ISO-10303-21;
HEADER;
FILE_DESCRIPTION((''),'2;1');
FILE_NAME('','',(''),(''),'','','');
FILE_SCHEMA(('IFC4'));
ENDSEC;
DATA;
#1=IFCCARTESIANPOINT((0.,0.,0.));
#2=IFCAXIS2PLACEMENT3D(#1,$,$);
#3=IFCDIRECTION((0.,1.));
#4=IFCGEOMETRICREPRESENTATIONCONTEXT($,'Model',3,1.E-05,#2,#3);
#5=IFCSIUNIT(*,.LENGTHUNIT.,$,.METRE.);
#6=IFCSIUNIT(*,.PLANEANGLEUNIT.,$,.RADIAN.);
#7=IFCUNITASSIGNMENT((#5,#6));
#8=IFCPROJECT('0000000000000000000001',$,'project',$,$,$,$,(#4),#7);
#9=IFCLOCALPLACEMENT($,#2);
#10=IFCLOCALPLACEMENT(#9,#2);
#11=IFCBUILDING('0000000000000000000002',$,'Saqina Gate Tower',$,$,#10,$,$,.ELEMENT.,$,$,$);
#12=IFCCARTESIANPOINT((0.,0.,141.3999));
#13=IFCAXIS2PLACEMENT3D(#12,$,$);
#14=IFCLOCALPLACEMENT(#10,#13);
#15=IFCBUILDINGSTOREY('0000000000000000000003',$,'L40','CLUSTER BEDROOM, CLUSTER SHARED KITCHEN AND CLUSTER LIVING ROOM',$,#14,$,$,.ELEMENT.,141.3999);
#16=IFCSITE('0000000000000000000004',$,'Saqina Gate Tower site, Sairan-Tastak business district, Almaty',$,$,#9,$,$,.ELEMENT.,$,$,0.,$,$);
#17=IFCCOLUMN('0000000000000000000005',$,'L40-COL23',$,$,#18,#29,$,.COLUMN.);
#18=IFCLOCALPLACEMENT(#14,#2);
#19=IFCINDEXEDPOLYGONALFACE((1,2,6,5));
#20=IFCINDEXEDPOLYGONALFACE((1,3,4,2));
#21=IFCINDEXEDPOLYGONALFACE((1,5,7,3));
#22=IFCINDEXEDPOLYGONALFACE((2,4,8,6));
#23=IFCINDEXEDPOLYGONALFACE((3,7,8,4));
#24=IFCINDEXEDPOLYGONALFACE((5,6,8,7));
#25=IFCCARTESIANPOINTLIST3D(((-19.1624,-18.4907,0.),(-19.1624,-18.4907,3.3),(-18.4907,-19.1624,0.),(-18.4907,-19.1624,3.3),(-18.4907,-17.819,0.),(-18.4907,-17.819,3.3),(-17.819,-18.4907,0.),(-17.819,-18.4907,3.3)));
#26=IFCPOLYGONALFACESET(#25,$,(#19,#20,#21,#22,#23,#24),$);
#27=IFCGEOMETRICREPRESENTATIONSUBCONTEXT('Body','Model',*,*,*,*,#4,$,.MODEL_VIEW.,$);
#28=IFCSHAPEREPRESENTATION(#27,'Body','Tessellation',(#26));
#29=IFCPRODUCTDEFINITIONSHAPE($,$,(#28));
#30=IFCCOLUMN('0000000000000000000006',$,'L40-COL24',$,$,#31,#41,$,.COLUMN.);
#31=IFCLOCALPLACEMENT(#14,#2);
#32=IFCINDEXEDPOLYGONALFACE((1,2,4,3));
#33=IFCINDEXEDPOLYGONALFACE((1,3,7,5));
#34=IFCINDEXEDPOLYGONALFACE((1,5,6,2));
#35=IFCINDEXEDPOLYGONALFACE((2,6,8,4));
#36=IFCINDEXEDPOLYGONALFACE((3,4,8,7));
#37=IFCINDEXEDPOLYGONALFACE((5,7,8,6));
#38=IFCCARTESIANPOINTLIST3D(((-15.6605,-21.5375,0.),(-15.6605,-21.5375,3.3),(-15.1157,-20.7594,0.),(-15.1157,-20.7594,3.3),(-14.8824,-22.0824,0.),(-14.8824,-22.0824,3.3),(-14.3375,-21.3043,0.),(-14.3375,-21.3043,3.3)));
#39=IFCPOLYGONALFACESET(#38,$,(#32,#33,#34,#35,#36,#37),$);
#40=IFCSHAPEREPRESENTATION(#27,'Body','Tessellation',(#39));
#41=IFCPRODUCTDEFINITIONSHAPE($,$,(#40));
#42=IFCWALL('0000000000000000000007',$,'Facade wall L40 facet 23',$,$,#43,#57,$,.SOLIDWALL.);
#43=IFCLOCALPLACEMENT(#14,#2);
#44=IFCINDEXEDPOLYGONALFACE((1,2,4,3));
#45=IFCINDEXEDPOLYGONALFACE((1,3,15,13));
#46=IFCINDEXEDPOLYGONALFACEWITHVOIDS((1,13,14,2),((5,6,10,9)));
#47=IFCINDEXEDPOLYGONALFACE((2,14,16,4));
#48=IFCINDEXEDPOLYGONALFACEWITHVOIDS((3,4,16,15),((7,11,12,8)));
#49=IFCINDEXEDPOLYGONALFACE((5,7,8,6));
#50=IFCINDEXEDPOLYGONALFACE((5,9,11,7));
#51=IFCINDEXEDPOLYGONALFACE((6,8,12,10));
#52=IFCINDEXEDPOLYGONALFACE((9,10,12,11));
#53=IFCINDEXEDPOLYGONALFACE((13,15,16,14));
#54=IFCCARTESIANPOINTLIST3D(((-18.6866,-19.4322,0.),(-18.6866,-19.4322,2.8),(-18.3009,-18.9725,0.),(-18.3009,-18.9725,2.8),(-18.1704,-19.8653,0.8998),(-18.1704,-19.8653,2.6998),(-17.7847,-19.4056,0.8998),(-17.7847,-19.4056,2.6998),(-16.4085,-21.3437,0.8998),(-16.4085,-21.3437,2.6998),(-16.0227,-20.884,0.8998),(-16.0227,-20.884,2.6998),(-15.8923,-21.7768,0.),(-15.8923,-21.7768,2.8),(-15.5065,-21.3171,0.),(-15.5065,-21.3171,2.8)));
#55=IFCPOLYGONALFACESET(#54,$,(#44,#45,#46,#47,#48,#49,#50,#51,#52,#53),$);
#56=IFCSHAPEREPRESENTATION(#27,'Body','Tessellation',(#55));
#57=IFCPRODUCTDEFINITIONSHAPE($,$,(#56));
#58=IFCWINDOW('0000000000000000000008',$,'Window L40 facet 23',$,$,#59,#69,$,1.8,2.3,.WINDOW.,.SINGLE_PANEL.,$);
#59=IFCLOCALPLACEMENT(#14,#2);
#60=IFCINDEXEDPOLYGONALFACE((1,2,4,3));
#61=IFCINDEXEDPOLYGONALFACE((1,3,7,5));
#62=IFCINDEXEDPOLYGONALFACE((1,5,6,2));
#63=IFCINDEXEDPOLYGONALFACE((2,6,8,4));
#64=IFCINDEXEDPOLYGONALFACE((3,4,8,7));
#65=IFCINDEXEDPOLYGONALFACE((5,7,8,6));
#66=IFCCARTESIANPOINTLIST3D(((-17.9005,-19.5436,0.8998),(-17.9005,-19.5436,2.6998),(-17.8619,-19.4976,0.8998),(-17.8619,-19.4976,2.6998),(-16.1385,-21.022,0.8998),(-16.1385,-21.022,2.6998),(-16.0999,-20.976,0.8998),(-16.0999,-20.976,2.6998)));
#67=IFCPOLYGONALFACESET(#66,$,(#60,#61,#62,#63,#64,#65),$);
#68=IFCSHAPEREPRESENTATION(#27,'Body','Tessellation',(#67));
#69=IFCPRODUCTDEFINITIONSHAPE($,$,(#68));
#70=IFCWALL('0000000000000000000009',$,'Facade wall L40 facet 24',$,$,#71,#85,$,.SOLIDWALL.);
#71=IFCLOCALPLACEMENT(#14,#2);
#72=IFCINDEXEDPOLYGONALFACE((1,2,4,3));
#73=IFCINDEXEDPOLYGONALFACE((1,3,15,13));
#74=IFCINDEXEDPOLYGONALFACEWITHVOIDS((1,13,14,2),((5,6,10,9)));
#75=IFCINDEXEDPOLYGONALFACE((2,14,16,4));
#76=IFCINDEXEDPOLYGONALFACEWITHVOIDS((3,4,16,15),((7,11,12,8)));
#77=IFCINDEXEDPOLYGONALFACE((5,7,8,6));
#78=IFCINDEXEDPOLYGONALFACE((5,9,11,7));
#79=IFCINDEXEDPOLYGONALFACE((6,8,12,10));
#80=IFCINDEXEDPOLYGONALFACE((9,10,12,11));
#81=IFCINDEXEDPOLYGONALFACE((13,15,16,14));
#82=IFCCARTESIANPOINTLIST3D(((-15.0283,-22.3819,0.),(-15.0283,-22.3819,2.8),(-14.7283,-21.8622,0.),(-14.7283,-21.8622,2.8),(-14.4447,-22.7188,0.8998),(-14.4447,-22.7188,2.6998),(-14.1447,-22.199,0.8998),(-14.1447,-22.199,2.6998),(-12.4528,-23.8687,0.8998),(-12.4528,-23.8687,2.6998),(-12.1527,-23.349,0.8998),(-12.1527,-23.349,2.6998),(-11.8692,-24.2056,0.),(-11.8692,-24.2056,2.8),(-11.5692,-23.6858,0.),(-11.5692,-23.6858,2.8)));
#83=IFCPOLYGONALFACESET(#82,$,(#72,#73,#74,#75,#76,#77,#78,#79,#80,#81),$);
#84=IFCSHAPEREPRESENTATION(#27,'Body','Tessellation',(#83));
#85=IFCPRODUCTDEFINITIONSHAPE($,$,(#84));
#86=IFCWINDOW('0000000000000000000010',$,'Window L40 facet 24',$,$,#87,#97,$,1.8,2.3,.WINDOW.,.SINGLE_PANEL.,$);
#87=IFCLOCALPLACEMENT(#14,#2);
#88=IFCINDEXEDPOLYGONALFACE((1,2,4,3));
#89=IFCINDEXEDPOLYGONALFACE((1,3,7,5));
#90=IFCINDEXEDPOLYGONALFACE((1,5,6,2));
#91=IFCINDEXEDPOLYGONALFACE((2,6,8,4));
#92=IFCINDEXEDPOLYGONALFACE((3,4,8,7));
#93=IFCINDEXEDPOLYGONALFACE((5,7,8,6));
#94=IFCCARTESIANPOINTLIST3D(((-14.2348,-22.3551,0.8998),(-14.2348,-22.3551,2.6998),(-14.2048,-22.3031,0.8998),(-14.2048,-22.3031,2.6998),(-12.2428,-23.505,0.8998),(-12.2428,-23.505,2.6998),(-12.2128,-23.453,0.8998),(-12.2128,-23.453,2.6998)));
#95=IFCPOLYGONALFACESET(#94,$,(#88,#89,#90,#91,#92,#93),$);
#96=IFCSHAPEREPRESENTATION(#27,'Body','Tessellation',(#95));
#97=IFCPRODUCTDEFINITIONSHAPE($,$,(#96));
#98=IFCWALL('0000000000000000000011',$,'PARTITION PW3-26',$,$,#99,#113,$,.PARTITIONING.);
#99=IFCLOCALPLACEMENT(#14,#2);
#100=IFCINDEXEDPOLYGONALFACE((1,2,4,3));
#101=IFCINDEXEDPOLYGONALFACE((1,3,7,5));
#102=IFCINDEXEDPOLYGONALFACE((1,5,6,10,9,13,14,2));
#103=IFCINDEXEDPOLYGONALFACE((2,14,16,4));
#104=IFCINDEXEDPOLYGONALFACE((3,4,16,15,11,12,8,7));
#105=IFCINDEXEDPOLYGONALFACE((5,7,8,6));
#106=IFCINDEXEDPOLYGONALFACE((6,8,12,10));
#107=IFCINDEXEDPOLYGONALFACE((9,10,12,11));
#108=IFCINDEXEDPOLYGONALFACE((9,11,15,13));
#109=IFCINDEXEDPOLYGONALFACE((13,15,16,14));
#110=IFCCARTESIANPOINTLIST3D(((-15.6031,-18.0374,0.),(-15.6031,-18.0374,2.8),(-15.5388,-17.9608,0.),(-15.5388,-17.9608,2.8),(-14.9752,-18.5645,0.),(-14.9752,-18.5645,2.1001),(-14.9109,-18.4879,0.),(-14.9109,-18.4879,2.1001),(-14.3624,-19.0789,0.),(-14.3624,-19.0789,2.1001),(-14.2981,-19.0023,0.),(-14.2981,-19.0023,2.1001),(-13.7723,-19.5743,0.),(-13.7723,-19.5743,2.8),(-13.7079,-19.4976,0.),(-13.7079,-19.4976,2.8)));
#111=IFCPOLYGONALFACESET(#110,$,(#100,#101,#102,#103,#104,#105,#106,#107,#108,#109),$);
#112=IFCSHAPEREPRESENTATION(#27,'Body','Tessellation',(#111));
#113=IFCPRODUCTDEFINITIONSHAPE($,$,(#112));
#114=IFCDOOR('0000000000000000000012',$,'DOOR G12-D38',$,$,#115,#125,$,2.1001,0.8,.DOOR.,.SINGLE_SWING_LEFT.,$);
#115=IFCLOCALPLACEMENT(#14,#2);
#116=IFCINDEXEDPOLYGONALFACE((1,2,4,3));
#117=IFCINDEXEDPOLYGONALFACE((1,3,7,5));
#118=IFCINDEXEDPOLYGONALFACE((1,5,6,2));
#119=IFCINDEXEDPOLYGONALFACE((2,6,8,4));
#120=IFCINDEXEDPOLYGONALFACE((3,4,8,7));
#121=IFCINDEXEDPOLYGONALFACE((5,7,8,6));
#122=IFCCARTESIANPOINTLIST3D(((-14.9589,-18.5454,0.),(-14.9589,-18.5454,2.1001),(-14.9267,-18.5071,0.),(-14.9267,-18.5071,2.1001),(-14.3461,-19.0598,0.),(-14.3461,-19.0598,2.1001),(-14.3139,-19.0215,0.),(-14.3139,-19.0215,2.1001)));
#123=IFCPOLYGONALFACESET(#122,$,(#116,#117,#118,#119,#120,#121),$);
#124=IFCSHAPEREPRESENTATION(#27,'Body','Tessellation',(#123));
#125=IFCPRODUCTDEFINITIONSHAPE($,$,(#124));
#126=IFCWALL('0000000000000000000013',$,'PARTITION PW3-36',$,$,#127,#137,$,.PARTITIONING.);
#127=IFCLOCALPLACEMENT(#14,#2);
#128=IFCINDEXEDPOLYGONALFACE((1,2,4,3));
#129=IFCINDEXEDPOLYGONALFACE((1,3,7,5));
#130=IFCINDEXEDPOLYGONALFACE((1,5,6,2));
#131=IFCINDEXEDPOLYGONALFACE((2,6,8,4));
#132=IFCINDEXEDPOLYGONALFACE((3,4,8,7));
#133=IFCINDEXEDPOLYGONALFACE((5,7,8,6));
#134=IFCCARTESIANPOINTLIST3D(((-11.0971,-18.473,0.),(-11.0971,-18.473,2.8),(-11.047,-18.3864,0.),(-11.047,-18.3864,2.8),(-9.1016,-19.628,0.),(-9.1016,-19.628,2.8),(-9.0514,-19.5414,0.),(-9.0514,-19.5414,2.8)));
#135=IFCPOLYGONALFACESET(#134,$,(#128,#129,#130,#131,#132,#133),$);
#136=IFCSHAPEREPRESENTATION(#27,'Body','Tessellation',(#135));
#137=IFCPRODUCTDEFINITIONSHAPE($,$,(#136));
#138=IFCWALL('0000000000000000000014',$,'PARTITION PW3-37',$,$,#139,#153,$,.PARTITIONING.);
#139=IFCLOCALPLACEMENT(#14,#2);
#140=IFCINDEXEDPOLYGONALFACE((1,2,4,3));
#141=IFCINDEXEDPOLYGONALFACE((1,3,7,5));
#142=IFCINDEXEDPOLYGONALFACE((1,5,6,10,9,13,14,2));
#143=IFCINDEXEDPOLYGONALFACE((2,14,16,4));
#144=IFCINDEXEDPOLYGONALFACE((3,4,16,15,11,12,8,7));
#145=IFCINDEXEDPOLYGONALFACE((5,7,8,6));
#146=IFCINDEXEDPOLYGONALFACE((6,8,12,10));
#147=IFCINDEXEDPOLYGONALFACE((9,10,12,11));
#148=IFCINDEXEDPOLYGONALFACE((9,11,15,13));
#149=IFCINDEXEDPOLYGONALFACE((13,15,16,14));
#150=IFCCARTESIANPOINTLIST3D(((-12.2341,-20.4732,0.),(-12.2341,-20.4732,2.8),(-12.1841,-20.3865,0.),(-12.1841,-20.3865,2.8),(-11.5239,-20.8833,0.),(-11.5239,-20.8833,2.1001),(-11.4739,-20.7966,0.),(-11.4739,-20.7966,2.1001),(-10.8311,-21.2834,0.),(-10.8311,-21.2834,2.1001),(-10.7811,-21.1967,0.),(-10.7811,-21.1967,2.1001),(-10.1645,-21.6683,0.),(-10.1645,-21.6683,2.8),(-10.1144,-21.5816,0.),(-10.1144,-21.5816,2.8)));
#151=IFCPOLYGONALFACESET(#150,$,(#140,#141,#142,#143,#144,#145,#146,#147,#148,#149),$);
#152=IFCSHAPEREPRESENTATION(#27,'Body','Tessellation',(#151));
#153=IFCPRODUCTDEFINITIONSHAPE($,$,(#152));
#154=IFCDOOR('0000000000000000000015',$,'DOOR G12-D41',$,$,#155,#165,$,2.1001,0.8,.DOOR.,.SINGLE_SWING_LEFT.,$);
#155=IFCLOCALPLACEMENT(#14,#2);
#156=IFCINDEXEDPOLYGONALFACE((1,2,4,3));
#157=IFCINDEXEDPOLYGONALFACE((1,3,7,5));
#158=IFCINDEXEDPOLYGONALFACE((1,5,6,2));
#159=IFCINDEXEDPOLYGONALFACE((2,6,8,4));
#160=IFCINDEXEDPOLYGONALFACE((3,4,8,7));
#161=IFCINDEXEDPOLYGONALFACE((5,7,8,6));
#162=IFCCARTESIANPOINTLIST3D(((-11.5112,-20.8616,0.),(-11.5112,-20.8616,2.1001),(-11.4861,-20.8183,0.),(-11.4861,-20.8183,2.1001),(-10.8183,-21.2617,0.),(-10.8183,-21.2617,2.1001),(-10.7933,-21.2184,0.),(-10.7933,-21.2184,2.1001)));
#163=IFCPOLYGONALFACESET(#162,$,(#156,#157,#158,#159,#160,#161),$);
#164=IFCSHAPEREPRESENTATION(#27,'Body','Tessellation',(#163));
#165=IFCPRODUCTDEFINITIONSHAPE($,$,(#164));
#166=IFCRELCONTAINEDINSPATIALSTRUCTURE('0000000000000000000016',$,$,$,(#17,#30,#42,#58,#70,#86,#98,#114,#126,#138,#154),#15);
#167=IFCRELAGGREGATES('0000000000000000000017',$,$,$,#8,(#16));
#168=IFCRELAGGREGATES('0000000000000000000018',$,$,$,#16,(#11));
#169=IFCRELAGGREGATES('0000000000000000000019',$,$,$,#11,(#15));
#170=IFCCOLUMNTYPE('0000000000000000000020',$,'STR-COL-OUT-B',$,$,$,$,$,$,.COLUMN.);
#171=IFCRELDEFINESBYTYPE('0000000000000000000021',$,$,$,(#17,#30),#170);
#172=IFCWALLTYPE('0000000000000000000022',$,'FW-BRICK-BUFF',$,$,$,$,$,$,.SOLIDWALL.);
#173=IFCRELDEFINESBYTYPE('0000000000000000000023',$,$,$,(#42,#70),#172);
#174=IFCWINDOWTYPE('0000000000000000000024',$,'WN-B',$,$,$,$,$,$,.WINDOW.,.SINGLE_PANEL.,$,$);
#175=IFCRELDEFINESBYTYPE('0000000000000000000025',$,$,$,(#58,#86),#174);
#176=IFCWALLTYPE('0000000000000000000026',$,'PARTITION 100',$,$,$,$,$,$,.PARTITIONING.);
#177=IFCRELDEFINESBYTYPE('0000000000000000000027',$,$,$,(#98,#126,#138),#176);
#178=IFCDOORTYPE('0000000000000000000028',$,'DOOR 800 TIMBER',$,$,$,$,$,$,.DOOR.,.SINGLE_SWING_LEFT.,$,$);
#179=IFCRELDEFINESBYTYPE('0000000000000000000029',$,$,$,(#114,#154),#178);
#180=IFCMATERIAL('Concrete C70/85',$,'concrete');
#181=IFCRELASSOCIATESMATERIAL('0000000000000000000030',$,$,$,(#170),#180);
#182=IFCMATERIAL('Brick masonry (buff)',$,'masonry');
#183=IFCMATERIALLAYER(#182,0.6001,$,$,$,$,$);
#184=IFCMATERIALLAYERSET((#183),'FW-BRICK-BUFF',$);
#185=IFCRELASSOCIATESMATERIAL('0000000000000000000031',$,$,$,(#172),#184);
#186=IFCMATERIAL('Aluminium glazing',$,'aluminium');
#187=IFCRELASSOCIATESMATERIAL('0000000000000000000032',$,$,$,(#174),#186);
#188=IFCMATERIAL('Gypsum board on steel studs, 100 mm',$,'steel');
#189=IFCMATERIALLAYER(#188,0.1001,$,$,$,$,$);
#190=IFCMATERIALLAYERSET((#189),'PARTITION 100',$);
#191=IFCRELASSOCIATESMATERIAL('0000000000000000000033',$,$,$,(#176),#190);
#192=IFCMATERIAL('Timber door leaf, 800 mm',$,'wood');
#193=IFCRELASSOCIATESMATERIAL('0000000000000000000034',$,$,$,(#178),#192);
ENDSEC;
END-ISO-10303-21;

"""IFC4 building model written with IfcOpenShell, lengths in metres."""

from ifc_helpers import new_model, si_unit, direction, frame, frame_2d, origin, origin_2d, place, context, subcontext, project, spatial, rectangle, extrude, material, layer, layer_set, material_profile, profile_set, type_object, element, fill, save


model = new_model("IFC4")

# Units and contexts
model_context = context("Model", 3, precision=1e-05, world=origin(), true_north=direction((0.0, 1.0)))
body_context = subcontext(model_context, "Body", "Model", "MODEL_VIEW")
ifc_project = project(units=[si_unit("LENGTHUNIT", "METRE"), si_unit("PLANEANGLEUNIT", "RADIAN")], contexts=[model_context])

# Site, building, storey
site_placement = place(None, origin())
site = spatial("IfcSite", under=ifc_project, at=site_placement, Name="Saqina Gate Tower site, Sairan-Tastak business district, Almaty", CompositionType="ELEMENT", RefElevation=0.0)
building_placement = place(site_placement, origin())
building = spatial("IfcBuilding", under=site, at=building_placement, Name="Saqina Gate Tower", CompositionType="ELEMENT")
storey_placement = place(building_placement, frame((0.0, 0.0, 141.3999)))
storey = spatial("IfcBuildingStorey", under=building, at=storey_placement, Name="L40", Description="CLUSTER BEDROOM, CLUSTER SHARED KITCHEN AND CLUSTER LIVING ROOM", CompositionType="ELEMENT", Elevation=141.3999)

# Columns
ifc_material_1 = material(Name="Concrete C70/85", Category="concrete")
ifc_material_profile = material_profile(ifc_material_1, rectangle(XDim=0.95, YDim=0.95, at=origin_2d()), Name="RC 950x950")
ifc_profile_set = profile_set([ifc_material_profile], Name="Concrete C70/85")
column_type = type_object("IfcColumnType", Name="STR-COL-OUT-B", PredefinedType="COLUMN", material=ifc_profile_set)
for number, where, z_axis, x_axis, name in (
    (1, (-18.4907, -18.4907, 0.0), (0.0, 0.0, 1.0), (-0.707107, -0.707107, 0.0), "L40-COL23"),
    (2, (-14.999, -21.4209, 0.0), (0.0, 0.0, 1.0), (-0.573576, -0.819152, 0.0), "L40-COL24"),
):
    element("IfcColumn", number, at=place(storey_placement, frame(where, z_axis=z_axis, x_axis=x_axis)), inside=storey, type_object=column_type, Name=name, PredefinedType="COLUMN", context=body_context, shape_type="SweptSolid", body=[
        extrude(rectangle(XDim=0.95, YDim=0.95, at=origin_2d()), origin(), (0.0, 0.0, 1.0), 3.3),
    ])

# Walls, openings, windows
ifc_material_2 = material(Name="Brick masonry (buff)", Category="masonry")
ifc_layer_1 = layer(ifc_material_2, 0.6001)
ifc_layer_set_1 = layer_set([ifc_layer_1], Name="FW-BRICK-BUFF")
wall_type_1 = type_object("IfcWallType", Name="FW-BRICK-BUFF", PredefinedType="SOLIDWALL", material=ifc_layer_set_1)
wall_1_placement = place(storey_placement, frame((-18.4937, -19.2024, 0.0), z_axis=(0.0, 0.0, 1.0), x_axis=(0.766055, -0.642774, 0.0)))
wall_1 = element("IfcWall", 3, at=wall_1_placement, inside=storey, type_object=wall_type_1, Name="Facade wall L40 facet 23", PredefinedType="SOLIDWALL", context=body_context, shape_type="SweptSolid", body=[
    extrude(rectangle(XDim=3.6477, YDim=0.6001, at=frame_2d((1.8237, 0.0))), origin(), (0.0, 0.0, 1.0), 2.8),
])
opening_1_placement = place(wall_1_placement, frame((0.6738, 0.0, 0.8999)))
opening_1 = element("IfcOpeningElement", 4, at=opening_1_placement, cuts=wall_1, PredefinedType="OPENING", context=body_context, shape_type="SweptSolid", body=[
    extrude(rectangle(XDim=2.3, YDim=1.8, at=frame_2d((1.1499, 0.8999))), frame((0.0, 0.312, 0.0), z_axis=(0.0, -1.0, 0.0), x_axis=(1.0, 0.0, 0.0)), (0.0, 0.0, 1.0), 0.624),
])
ifc_material_3 = material(Name="Aluminium glazing", Category="aluminium")
window_type = type_object("IfcWindowType", Name="WN-B", PartitioningType="SINGLE_PANEL", PredefinedType="WINDOW", material=ifc_material_3)
window_1_placement = place(opening_1_placement, origin())
window_1 = element("IfcWindow", 5, at=window_1_placement, inside=storey, type_object=window_type, Name="Window L40 facet 23", OverallHeight=1.8, OverallWidth=2.3, PartitioningType="SINGLE_PANEL", PredefinedType="WINDOW", context=body_context, shape_type="SweptSolid", body=[
    extrude(rectangle(XDim=2.3, YDim=1.8, at=frame_2d((1.1499, 0.8999))), frame((0.0, 0.1799, 0.0), z_axis=(0.0, -1.0, 0.0), x_axis=(1.0, 0.0, 0.0)), (0.0, 0.0, 1.0), 0.0601),
])
fill(opening_1, window_1)
wall_2_placement = place(storey_placement, frame((-14.8782, -22.1221, 0.0), z_axis=(0.0, 0.0, 1.0), x_axis=(0.866052, -0.499954, 0.0)))
wall_2 = element("IfcWall", 6, at=wall_2_placement, inside=storey, type_object=wall_type_1, Name="Facade wall L40 facet 24", PredefinedType="SOLIDWALL", context=body_context, shape_type="SweptSolid", body=[
    extrude(rectangle(XDim=3.6477, YDim=0.6001, at=frame_2d((1.8237, 0.0))), origin(), (0.0, 0.0, 1.0), 2.8),
])
opening_2_placement = place(wall_2_placement, frame((0.6738, 0.0, 0.8999)))
opening_2 = element("IfcOpeningElement", 7, at=opening_2_placement, cuts=wall_2, PredefinedType="OPENING", context=body_context, shape_type="SweptSolid", body=[
    extrude(rectangle(XDim=2.3, YDim=1.8, at=frame_2d((1.1499, 0.8999))), frame((0.0, 0.312, 0.0), z_axis=(0.0, -1.0, 0.0), x_axis=(1.0, 0.0, 0.0)), (0.0, 0.0, 1.0), 0.624),
])
window_2_placement = place(opening_2_placement, origin())
window_2 = element("IfcWindow", 8, at=window_2_placement, inside=storey, type_object=window_type, Name="Window L40 facet 24", OverallHeight=1.8, OverallWidth=2.3, PartitioningType="SINGLE_PANEL", PredefinedType="WINDOW", context=body_context, shape_type="SweptSolid", body=[
    extrude(rectangle(XDim=2.3, YDim=1.8, at=frame_2d((1.1499, 0.8999))), frame((0.0, 0.1799, 0.0), z_axis=(0.0, -1.0, 0.0), x_axis=(1.0, 0.0, 0.0)), (0.0, 0.0, 1.0), 0.0601),
])
fill(opening_2, window_2)

# Wall, opening, door
ifc_material_4 = material(Name="Gypsum board on steel studs, 100 mm", Category="steel")
ifc_layer_2 = layer(ifc_material_4, 0.1001)
ifc_layer_set_2 = layer_set([ifc_layer_2], Name="PARTITION 100")
wall_type_2 = type_object("IfcWallType", Name="PARTITION 100", PredefinedType="PARTITIONING", material=ifc_layer_set_2)
wall_3_placement = place(storey_placement, frame((-15.571, -17.999, 0.0), z_axis=(0.0, 0.0, 1.0), x_axis=(0.765914, -0.642943, 0.0)))
wall_3 = element("IfcWall", 9, at=wall_3_placement, inside=storey, type_object=wall_type_2, Name="PARTITION PW3-26", PredefinedType="PARTITIONING", context=body_context, shape_type="SweptSolid", body=[
    extrude(rectangle(XDim=2.3904, YDim=0.1001, at=frame_2d((1.1953, 0.0))), origin(), (0.0, 0.0, 1.0), 2.8),
])
opening_3_placement = place(wall_3_placement, frame((0.8201, 0.0, 0.0)))
opening_3 = element("IfcOpeningElement", 10, at=opening_3_placement, cuts=wall_3, PredefinedType="OPENING", context=body_context, shape_type="SweptSolid", body=[
    extrude(rectangle(XDim=0.8, YDim=2.1001, at=frame_2d((0.3999, 1.05))), frame((0.0, 0.062, 0.0), z_axis=(0.0, -1.0, 0.0), x_axis=(1.0, 0.0, 0.0)), (0.0, 0.0, 1.0), 0.124),
])
ifc_material_5 = material(Name="Timber door leaf, 800 mm", Category="wood")
door_type_1 = type_object("IfcDoorType", Name="DOOR 800 TIMBER", OperationType="SINGLE_SWING_LEFT", PredefinedType="DOOR", material=ifc_material_5)
door_1_placement = place(opening_3_placement, frame((0.8, 0.0, 0.0), z_axis=(0.0, 0.0, 1.0), x_axis=(-1.0, 0.0, 0.0)))
door_1 = element("IfcDoor", 11, at=door_1_placement, inside=storey, type_object=door_type_1, Name="DOOR G12-D38", OperationType="SINGLE_SWING_LEFT", OverallHeight=2.1001, OverallWidth=0.8, PredefinedType="DOOR", context=body_context, shape_type="SweptSolid", body=[
    extrude(rectangle(XDim=0.8, YDim=2.1001, at=frame_2d((0.3999, 1.05))), frame((0.0, 0.0249, 0.0), z_axis=(0.0, -1.0, 0.0), x_axis=(1.0, 0.0, 0.0)), (0.0, 0.0, 1.0), 0.05),
])
fill(opening_3, door_1)

# Wall
wall_4_placement = place(storey_placement, frame((-11.072, -18.4297, 0.0), z_axis=(0.0, 0.0, 1.0), x_axis=(0.865487, -0.500932, 0.0)))
element("IfcWall", 12, at=wall_4_placement, inside=storey, type_object=wall_type_2, Name="PARTITION PW3-36", PredefinedType="PARTITIONING", context=body_context, shape_type="SweptSolid", body=[
    extrude(rectangle(XDim=2.3057, YDim=0.1001, at=frame_2d((1.1528, 0.0))), origin(), (0.0, 0.0, 1.0), 2.8),
])

# Wall, opening, door
wall_5_placement = place(storey_placement, frame((-12.209, -20.4299, 0.0), z_axis=(0.0, 0.0, 1.0), x_axis=(0.86599, -0.500061, 0.0)))
wall_5 = element("IfcWall", 13, at=wall_5_placement, inside=storey, type_object=wall_type_2, Name="PARTITION PW3-37", PredefinedType="PARTITIONING", context=body_context, shape_type="SweptSolid", body=[
    extrude(rectangle(XDim=2.3899, YDim=0.1001, at=frame_2d((1.1948, 0.0))), origin(), (0.0, 0.0, 1.0), 2.8),
])
opening_4_placement = place(wall_5_placement, frame((0.8201, 0.0, 0.0)))
opening_4 = element("IfcOpeningElement", 14, at=opening_4_placement, cuts=wall_5, PredefinedType="OPENING", context=body_context, shape_type="SweptSolid", body=[
    extrude(rectangle(XDim=0.8, YDim=2.1001, at=frame_2d((0.3999, 1.05))), frame((0.0, 0.062, 0.0), z_axis=(0.0, -1.0, 0.0), x_axis=(1.0, 0.0, 0.0)), (0.0, 0.0, 1.0), 0.124),
])
door_2_placement = place(opening_4_placement, frame((0.8, 0.0, 0.0), z_axis=(0.0, 0.0, 1.0), x_axis=(-1.0, 0.0, 0.0)))
door_2 = element("IfcDoor", 15, at=door_2_placement, inside=storey, type_object=door_type_1, Name="DOOR G12-D41", OperationType="SINGLE_SWING_LEFT", OverallHeight=2.1001, OverallWidth=0.8, PredefinedType="DOOR", context=body_context, shape_type="SweptSolid", body=[
    extrude(rectangle(XDim=0.8, YDim=2.1001, at=frame_2d((0.3999, 1.05))), frame((0.0, 0.0249, 0.0), z_axis=(0.0, -1.0, 0.0), x_axis=(1.0, 0.0, 0.0)), (0.0, 0.0, 1.0), 0.05),
])
fill(opening_4, door_2)

save(model, "model.ifc")
